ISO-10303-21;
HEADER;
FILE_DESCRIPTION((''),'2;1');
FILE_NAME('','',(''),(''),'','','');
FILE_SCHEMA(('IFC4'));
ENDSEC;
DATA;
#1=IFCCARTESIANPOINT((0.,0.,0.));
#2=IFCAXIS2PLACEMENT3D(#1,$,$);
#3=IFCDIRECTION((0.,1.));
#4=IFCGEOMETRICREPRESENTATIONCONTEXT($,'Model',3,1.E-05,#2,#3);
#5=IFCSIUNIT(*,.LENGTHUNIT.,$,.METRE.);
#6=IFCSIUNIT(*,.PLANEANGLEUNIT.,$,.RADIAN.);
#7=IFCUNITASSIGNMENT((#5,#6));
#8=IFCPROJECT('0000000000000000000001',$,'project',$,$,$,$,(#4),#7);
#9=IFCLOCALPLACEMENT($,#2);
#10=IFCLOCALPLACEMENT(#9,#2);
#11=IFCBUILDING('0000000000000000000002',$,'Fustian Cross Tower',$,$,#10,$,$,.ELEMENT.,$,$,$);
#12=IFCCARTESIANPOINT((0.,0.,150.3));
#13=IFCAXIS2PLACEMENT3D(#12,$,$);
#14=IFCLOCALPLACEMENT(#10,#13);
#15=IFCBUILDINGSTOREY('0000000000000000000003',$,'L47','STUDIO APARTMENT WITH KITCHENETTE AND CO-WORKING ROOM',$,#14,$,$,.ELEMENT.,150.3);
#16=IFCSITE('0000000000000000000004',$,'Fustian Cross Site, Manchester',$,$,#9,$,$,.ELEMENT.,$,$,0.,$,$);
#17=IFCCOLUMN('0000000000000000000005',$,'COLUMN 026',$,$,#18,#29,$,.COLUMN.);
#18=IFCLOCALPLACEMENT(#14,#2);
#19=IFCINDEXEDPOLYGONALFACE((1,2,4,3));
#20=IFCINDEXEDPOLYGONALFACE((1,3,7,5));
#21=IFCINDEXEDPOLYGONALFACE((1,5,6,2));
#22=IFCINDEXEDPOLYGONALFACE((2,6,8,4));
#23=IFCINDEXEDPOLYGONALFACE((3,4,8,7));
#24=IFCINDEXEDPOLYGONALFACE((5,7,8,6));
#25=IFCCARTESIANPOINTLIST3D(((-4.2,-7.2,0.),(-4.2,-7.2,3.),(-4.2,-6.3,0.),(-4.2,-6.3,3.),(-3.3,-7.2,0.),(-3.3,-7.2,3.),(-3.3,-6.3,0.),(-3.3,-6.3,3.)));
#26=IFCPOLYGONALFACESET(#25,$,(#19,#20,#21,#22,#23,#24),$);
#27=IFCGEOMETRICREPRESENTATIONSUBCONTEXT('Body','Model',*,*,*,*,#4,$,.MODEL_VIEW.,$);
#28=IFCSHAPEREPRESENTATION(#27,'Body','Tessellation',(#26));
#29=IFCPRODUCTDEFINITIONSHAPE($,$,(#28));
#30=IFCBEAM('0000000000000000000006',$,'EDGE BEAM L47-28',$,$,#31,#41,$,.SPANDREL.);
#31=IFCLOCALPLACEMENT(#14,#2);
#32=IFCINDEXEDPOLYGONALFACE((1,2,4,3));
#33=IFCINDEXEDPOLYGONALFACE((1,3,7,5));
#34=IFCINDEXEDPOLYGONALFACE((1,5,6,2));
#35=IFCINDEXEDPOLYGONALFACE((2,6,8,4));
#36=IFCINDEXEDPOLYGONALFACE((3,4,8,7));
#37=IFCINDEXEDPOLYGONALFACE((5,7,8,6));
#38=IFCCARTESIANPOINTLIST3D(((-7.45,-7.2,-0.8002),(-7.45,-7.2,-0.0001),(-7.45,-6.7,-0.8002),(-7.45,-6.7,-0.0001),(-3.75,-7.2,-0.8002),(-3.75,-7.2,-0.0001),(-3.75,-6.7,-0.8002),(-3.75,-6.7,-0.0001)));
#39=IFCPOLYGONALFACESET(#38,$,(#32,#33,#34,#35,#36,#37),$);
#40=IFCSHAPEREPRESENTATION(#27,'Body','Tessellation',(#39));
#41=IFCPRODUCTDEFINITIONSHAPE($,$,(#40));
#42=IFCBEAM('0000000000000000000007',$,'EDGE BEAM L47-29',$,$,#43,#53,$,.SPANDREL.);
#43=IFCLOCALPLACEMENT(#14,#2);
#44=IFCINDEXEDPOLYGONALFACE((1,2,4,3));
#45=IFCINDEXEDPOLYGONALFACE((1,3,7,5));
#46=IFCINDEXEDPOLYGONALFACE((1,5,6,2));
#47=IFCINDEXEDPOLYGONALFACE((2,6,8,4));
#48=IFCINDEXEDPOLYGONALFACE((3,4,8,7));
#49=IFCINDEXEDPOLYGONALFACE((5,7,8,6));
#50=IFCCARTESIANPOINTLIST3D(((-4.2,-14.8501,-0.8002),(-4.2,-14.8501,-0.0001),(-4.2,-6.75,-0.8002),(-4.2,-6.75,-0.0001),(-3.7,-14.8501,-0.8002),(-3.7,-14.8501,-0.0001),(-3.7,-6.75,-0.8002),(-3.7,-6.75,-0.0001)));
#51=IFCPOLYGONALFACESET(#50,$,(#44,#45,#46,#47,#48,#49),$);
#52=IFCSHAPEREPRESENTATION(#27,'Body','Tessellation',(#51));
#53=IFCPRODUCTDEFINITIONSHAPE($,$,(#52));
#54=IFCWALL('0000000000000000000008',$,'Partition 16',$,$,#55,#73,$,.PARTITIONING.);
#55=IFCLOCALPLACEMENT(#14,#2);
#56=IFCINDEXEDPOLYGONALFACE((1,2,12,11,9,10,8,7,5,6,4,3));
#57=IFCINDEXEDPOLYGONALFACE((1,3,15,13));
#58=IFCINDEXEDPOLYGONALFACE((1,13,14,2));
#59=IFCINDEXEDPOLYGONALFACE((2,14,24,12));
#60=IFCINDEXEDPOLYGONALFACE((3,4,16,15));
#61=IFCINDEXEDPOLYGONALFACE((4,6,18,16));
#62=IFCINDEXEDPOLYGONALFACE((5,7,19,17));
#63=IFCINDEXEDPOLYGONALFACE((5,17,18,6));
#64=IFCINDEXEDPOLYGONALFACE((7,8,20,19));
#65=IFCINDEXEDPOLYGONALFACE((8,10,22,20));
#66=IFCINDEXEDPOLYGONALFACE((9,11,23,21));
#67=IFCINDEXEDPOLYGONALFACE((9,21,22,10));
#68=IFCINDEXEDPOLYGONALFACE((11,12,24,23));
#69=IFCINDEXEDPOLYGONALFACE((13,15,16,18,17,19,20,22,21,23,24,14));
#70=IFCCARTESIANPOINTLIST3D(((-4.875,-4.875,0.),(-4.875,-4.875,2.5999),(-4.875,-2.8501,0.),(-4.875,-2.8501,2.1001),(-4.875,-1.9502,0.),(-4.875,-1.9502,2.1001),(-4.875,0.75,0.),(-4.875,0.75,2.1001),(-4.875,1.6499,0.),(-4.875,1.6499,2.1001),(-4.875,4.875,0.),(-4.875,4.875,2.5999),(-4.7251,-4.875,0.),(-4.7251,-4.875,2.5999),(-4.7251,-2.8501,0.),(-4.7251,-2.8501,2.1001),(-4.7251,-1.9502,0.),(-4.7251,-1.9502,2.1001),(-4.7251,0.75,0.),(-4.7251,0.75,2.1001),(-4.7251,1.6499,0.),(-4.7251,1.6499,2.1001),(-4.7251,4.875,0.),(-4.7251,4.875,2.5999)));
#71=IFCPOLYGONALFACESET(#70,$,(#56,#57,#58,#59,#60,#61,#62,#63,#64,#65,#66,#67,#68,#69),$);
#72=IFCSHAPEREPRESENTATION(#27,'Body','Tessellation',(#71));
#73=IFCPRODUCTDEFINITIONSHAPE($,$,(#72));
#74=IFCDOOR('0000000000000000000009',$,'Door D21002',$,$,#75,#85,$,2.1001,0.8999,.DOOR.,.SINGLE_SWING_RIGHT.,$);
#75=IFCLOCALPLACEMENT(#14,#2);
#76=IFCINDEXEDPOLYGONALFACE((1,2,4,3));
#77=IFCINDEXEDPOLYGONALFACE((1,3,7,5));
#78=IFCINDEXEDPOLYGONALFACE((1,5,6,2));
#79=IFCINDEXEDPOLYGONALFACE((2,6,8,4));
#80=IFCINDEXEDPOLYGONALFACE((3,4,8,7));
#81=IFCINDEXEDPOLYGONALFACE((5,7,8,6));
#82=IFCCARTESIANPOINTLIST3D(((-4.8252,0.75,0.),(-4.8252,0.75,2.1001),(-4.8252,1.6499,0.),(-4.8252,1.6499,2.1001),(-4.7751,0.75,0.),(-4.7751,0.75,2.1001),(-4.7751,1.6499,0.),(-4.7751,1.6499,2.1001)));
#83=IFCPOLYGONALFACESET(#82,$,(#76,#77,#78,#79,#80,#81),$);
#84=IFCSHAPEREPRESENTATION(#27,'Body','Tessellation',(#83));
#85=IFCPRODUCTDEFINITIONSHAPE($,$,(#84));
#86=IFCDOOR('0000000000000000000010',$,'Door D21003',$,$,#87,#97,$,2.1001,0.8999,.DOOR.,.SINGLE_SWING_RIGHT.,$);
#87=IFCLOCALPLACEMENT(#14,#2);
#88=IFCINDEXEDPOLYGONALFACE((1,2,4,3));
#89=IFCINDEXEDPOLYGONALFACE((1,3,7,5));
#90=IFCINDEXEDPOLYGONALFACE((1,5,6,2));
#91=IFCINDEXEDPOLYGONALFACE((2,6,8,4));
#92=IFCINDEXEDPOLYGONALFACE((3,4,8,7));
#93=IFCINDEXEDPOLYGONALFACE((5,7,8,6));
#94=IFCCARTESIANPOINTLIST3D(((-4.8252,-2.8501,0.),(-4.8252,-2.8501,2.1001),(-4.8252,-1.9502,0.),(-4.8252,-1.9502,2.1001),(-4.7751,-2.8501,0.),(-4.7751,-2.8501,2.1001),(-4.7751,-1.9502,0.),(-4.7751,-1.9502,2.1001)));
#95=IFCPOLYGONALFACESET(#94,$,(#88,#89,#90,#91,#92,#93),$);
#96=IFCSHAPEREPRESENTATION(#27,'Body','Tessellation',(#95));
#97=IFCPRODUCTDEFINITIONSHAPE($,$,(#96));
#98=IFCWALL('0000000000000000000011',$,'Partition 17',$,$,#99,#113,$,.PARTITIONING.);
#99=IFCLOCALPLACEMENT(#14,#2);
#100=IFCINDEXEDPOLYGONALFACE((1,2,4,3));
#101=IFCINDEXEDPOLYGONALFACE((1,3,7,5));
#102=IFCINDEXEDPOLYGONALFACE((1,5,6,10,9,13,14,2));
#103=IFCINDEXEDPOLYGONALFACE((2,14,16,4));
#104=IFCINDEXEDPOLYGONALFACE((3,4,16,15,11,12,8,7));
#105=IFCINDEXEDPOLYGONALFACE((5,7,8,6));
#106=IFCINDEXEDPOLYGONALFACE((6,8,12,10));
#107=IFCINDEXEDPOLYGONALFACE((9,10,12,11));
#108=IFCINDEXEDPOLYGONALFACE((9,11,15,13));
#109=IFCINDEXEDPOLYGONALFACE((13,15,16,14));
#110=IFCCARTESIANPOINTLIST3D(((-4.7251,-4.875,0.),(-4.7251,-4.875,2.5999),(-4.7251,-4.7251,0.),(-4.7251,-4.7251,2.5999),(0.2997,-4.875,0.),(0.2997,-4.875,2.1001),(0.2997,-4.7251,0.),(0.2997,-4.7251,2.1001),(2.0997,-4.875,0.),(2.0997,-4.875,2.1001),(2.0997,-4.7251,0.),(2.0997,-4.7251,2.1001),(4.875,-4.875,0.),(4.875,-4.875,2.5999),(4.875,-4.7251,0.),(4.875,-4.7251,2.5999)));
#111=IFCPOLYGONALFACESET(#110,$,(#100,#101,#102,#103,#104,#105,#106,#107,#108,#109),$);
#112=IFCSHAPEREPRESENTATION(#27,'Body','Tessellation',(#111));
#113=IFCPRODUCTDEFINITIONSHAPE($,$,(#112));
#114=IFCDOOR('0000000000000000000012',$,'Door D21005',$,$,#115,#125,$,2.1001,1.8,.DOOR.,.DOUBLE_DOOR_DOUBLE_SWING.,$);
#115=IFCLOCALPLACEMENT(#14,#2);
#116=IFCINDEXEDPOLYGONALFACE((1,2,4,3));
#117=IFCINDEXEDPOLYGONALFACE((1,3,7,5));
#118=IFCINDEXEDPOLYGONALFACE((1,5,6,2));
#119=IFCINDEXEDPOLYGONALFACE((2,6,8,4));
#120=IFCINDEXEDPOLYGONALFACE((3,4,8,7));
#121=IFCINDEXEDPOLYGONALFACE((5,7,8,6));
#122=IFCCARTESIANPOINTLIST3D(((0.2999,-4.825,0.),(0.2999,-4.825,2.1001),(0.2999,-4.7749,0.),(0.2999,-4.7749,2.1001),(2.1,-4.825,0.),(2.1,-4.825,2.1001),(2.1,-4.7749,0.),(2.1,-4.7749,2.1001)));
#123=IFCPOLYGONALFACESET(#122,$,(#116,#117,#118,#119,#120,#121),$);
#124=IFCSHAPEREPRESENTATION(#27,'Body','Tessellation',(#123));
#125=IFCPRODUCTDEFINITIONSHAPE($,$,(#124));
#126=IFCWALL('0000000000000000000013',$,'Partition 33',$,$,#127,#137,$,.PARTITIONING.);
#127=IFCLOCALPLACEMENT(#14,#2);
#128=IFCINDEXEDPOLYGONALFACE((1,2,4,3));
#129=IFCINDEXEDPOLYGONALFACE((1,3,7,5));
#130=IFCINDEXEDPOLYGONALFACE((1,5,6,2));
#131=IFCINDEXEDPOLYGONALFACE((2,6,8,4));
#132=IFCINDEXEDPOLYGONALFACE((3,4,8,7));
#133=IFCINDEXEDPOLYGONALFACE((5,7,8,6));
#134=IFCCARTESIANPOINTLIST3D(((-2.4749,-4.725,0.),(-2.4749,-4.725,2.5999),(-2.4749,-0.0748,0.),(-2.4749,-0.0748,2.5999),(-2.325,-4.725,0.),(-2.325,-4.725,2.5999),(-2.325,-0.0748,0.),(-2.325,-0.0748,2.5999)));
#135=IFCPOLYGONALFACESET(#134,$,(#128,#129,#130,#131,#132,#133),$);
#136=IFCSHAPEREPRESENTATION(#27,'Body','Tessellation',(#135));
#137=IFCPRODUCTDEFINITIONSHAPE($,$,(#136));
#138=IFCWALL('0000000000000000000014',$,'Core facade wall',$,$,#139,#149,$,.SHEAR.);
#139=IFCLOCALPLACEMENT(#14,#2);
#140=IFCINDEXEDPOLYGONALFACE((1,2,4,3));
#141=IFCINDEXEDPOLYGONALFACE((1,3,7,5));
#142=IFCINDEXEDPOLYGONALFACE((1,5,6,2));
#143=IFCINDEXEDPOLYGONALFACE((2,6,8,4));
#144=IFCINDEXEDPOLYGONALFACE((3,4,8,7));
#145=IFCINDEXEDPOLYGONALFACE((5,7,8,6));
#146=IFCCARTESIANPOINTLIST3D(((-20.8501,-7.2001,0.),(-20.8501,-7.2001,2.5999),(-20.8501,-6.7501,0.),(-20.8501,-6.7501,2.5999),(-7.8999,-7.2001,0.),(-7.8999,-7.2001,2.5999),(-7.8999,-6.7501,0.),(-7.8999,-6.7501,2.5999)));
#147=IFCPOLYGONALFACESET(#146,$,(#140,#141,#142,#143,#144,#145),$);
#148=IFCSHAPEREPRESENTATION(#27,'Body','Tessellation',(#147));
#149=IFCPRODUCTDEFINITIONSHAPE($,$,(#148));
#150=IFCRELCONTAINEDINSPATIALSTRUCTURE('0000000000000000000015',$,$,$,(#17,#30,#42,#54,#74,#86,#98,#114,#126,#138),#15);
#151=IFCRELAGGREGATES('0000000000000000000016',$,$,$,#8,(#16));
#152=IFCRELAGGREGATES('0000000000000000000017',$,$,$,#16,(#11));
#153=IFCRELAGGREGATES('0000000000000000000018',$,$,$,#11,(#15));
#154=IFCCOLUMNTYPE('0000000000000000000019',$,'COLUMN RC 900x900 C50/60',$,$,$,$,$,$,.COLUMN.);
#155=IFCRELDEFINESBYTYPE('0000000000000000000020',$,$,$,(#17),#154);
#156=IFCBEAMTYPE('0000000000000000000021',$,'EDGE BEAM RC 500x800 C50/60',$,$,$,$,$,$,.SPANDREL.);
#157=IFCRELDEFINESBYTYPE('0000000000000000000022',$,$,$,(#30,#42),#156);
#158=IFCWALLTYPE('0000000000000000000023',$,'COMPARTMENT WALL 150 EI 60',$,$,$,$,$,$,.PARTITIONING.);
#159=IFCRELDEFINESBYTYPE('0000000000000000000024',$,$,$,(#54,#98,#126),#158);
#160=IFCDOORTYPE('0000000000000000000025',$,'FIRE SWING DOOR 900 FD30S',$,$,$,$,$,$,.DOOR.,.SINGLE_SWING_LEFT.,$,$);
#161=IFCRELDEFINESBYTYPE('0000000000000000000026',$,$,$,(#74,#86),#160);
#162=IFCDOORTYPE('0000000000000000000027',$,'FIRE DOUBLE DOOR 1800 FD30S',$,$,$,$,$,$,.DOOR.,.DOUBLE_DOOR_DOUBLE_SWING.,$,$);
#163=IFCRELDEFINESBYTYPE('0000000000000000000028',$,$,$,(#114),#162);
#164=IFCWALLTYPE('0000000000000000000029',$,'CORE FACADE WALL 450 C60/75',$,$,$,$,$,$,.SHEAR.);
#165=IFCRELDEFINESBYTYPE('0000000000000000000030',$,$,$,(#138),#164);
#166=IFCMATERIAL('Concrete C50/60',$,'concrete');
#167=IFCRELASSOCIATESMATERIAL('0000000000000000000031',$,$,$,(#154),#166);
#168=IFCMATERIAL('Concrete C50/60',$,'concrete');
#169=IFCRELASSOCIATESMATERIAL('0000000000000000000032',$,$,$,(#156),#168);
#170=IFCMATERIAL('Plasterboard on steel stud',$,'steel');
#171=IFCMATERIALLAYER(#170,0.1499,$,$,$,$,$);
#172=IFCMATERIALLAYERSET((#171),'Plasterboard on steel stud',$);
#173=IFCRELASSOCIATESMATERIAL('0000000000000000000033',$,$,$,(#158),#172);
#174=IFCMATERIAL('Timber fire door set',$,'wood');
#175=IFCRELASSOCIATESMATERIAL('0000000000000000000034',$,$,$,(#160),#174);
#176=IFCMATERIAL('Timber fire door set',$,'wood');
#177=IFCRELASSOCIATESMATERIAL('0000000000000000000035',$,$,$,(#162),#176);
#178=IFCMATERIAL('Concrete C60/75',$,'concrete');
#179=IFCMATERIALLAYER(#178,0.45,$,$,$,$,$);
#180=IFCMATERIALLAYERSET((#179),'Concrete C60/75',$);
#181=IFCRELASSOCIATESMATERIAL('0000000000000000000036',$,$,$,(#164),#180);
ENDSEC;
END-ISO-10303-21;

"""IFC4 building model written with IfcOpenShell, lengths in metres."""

from ifc_helpers import new_model, si_unit, direction, frame, frame_2d, origin, origin_2d, place, context, subcontext, project, spatial, rectangle, extrude, material, layer, layer_set, material_profile, profile_set, type_object, element, fill, save


model = new_model("IFC4")

# Units and contexts
model_context = context("Model", 3, precision=1e-05, world=origin(), true_north=direction((0.0, 1.0)))
body_context = subcontext(model_context, "Body", "Model", "MODEL_VIEW")
ifc_project = project(units=[si_unit("LENGTHUNIT", "METRE"), si_unit("PLANEANGLEUNIT", "RADIAN")], contexts=[model_context])

# Site, building, storey
site_placement = place(None, origin())
site = spatial("IfcSite", under=ifc_project, at=site_placement, Name="Fustian Cross Site, Manchester", CompositionType="ELEMENT", RefElevation=0.0)
building_placement = place(site_placement, origin())
building = spatial("IfcBuilding", under=site, at=building_placement, Name="Fustian Cross Tower", CompositionType="ELEMENT")
storey_placement = place(building_placement, frame((0.0, 0.0, 150.3)))
storey = spatial("IfcBuildingStorey", under=building, at=storey_placement, Name="L47", Description="STUDIO APARTMENT WITH KITCHENETTE AND CO-WORKING ROOM", CompositionType="ELEMENT", Elevation=150.3)

# Column
ifc_material_1 = material(Name="Concrete C50/60", Category="concrete")
ifc_material_profile_1 = material_profile(ifc_material_1, rectangle(XDim=0.8999, YDim=0.8999, at=origin_2d()), Name="RC 900x900")
ifc_profile_set_1 = profile_set([ifc_material_profile_1], Name="Concrete C50/60")
column_type = type_object("IfcColumnType", Name="COLUMN RC 900x900 C50/60", PredefinedType="COLUMN", material=ifc_profile_set_1)
column_placement = place(storey_placement, frame((-3.75, -6.75, 0.0), z_axis=(0.0, 0.0, 1.0), x_axis=(1.0, 0.0, 0.0)))
element("IfcColumn", 1, at=column_placement, inside=storey, type_object=column_type, Name="COLUMN 026", PredefinedType="COLUMN", context=body_context, shape_type="SweptSolid", body=[
    extrude(rectangle(XDim=0.8999, YDim=0.8999, at=origin_2d()), origin(), (0.0, 0.0, 1.0), 3.0),
])

# Beams
ifc_material_2 = material(Name="Concrete C50/60", Category="concrete")
ifc_material_profile_2 = material_profile(ifc_material_2, rectangle(XDim=0.5, YDim=0.8, at=origin_2d()), Name="RC 500x800")
ifc_profile_set_2 = profile_set([ifc_material_profile_2], Name="Concrete C50/60")
beam_type = type_object("IfcBeamType", Name="EDGE BEAM RC 500x800 C50/60", PredefinedType="SPANDREL", material=ifc_profile_set_2)
beam_1_placement = place(storey_placement, frame((-7.45, -6.95, -0.4001), z_axis=(1.0, 0.0, 0.0), x_axis=(0.0, 1.0, 0.0)))
element("IfcBeam", 2, at=beam_1_placement, inside=storey, type_object=beam_type, Name="EDGE BEAM L47-28", PredefinedType="SPANDREL", context=body_context, shape_type="SweptSolid", body=[
    extrude(rectangle(XDim=0.5, YDim=0.8, at=origin_2d()), origin(), (0.0, 0.0, 1.0), 3.7),
])
beam_2_placement = place(storey_placement, frame((-3.95, -6.75, -0.4001), z_axis=(0.0, -1.0, 0.0), x_axis=(1.0, 0.0, 0.0)))
element("IfcBeam", 3, at=beam_2_placement, inside=storey, type_object=beam_type, Name="EDGE BEAM L47-29", PredefinedType="SPANDREL", context=body_context, shape_type="SweptSolid", body=[
    extrude(rectangle(XDim=0.5, YDim=0.8, at=origin_2d()), origin(), (0.0, 0.0, 1.0), 8.1001),
])

# Wall, openings, doors
ifc_material_3 = material(Name="Plasterboard on steel stud", Category="steel")
ifc_layer_1 = layer(ifc_material_3, 0.1499)
ifc_layer_set_1 = layer_set([ifc_layer_1], Name="Plasterboard on steel stud")
wall_type_1 = type_object("IfcWallType", Name="COMPARTMENT WALL 150 EI 60", PredefinedType="PARTITIONING", material=ifc_layer_set_1)
wall_1_placement = place(storey_placement, frame((-4.8, -4.875, 0.0), z_axis=(0.0, 0.0, 1.0), x_axis=(0.0, 1.0, 0.0)))
wall_1 = element("IfcWall", 4, at=wall_1_placement, inside=storey, type_object=wall_type_1, Name="Partition 16", PredefinedType="PARTITIONING", context=body_context, shape_type="SweptSolid", body=[
    extrude(rectangle(XDim=9.75, YDim=0.1499, at=frame_2d((4.875, 0.0))), origin(), (0.0, 0.0, 1.0), 2.5999),
])
opening_1_placement = place(wall_1_placement, frame((5.625, 0.0, 0.0)))
opening_1 = element("IfcOpeningElement", 5, at=opening_1_placement, cuts=wall_1, PredefinedType="OPENING", context=body_context, shape_type="SweptSolid", body=[
    extrude(rectangle(XDim=0.8999, YDim=2.1001, at=frame_2d((0.45, 1.05))), frame((0.0, 0.085, 0.0), z_axis=(0.0, -1.0, 0.0), x_axis=(1.0, 0.0, 0.0)), (0.0, 0.0, 1.0), 0.1699),
])
opening_2_placement = place(wall_1_placement, frame((2.0249, 0.0, 0.0)))
opening_2 = element("IfcOpeningElement", 6, at=opening_2_placement, cuts=wall_1, PredefinedType="OPENING", context=body_context, shape_type="SweptSolid", body=[
    extrude(rectangle(XDim=0.8999, YDim=2.1001, at=frame_2d((0.45, 1.05))), frame((0.0, 0.085, 0.0), z_axis=(0.0, -1.0, 0.0), x_axis=(1.0, 0.0, 0.0)), (0.0, 0.0, 1.0), 0.1699),
])
ifc_material_4 = material(Name="Timber fire door set", Category="wood")
door_type_1 = type_object("IfcDoorType", Name="FIRE SWING DOOR 900 FD30S", OperationType="SINGLE_SWING_LEFT", PredefinedType="DOOR", material=ifc_material_4)
door_1_placement = place(opening_1_placement, frame((0.8999, 0.0, 0.0), z_axis=(0.0, 0.0, 1.0), x_axis=(-1.0, 0.0, 0.0)))
door_1 = element("IfcDoor", 7, at=door_1_placement, inside=storey, type_object=door_type_1, Name="Door D21002", OperationType="SINGLE_SWING_RIGHT", OverallHeight=2.1001, OverallWidth=0.8999, PredefinedType="DOOR", context=body_context, shape_type="SweptSolid", body=[
    extrude(rectangle(XDim=0.8999, YDim=2.1001, at=frame_2d((0.45, 1.05))), frame((0.0, 0.0249, 0.0), z_axis=(0.0, -1.0, 0.0), x_axis=(1.0, 0.0, 0.0)), (0.0, 0.0, 1.0), 0.05),
])
fill(opening_1, door_1)
door_2_placement = place(opening_2_placement, frame((0.8999, 0.0, 0.0), z_axis=(0.0, 0.0, 1.0), x_axis=(-1.0, 0.0, 0.0)))
door_2 = element("IfcDoor", 8, at=door_2_placement, inside=storey, type_object=door_type_1, Name="Door D21003", OperationType="SINGLE_SWING_RIGHT", OverallHeight=2.1001, OverallWidth=0.8999, PredefinedType="DOOR", context=body_context, shape_type="SweptSolid", body=[
    extrude(rectangle(XDim=0.8999, YDim=2.1001, at=frame_2d((0.45, 1.05))), frame((0.0, 0.0249, 0.0), z_axis=(0.0, -1.0, 0.0), x_axis=(1.0, 0.0, 0.0)), (0.0, 0.0, 1.0), 0.05),
])
fill(opening_2, door_2)

# Wall, opening, door
wall_2_placement = place(storey_placement, frame((-4.7251, -4.8, 0.0), z_axis=(0.0, 0.0, 1.0), x_axis=(1.0, 0.0, 0.0)))
wall_2 = element("IfcWall", 9, at=wall_2_placement, inside=storey, type_object=wall_type_1, Name="Partition 17", PredefinedType="PARTITIONING", context=body_context, shape_type="SweptSolid", body=[
    extrude(rectangle(XDim=9.6001, YDim=0.1499, at=frame_2d((4.8, 0.0))), origin(), (0.0, 0.0, 1.0), 2.5999),
])
opening_3_placement = place(wall_2_placement, frame((5.0249, 0.0, 0.0)))
opening_3 = element("IfcOpeningElement", 10, at=opening_3_placement, cuts=wall_2, PredefinedType="OPENING", context=body_context, shape_type="SweptSolid", body=[
    extrude(rectangle(XDim=1.8, YDim=2.1001, at=frame_2d((0.8999, 1.05))), frame((0.0, 0.085, 0.0), z_axis=(0.0, -1.0, 0.0), x_axis=(1.0, 0.0, 0.0)), (0.0, 0.0, 1.0), 0.1699),
])
ifc_material_5 = material(Name="Timber fire door set", Category="wood")
door_type_2 = type_object("IfcDoorType", Name="FIRE DOUBLE DOOR 1800 FD30S", OperationType="DOUBLE_DOOR_DOUBLE_SWING", PredefinedType="DOOR", material=ifc_material_5)
door_3_placement = place(opening_3_placement, frame((1.8, 0.0, 0.0), z_axis=(0.0, 0.0, 1.0), x_axis=(-1.0, 0.0, 0.0)))
door_3 = element("IfcDoor", 11, at=door_3_placement, inside=storey, type_object=door_type_2, Name="Door D21005", OperationType="DOUBLE_DOOR_DOUBLE_SWING", OverallHeight=2.1001, OverallWidth=1.8, PredefinedType="DOOR", context=body_context, shape_type="SweptSolid", body=[
    extrude(rectangle(XDim=1.8, YDim=2.1001, at=frame_2d((0.8999, 1.05))), frame((0.0, 0.0249, 0.0), z_axis=(0.0, -1.0, 0.0), x_axis=(1.0, 0.0, 0.0)), (0.0, 0.0, 1.0), 0.05),
])
fill(opening_3, door_3)

# Walls
wall_3_placement = place(storey_placement, frame((-2.3999, -4.7251, 0.0), z_axis=(0.0, 0.0, 1.0), x_axis=(0.0, 1.0, 0.0)))
element("IfcWall", 12, at=wall_3_placement, inside=storey, type_object=wall_type_1, Name="Partition 33", PredefinedType="PARTITIONING", context=body_context, shape_type="SweptSolid", body=[
    extrude(rectangle(XDim=4.6501, YDim=0.1499, at=frame_2d((2.3252, 0.0))), origin(), (0.0, 0.0, 1.0), 2.5999),
])
ifc_material_6 = material(Name="Concrete C60/75", Category="concrete")
ifc_layer_2 = layer(ifc_material_6, 0.45)
ifc_layer_set_2 = layer_set([ifc_layer_2], Name="Concrete C60/75")
wall_type_2 = type_object("IfcWallType", Name="CORE FACADE WALL 450 C60/75", PredefinedType="SHEAR", material=ifc_layer_set_2)
wall_4_placement = place(storey_placement, frame((-7.8999, -6.9751, 0.0), z_axis=(0.0, 0.0, 1.0), x_axis=(-1.0, 0.0, 0.0)))
element("IfcWall", 13, at=wall_4_placement, inside=storey, type_object=wall_type_2, Name="Core facade wall", PredefinedType="SHEAR", context=body_context, shape_type="SweptSolid", body=[
    extrude(rectangle(XDim=12.9502, YDim=0.45, at=frame_2d((6.4751, 0.0))), origin(), (0.0, 0.0, 1.0), 2.5999),
])

save(model, "model.ifc")
